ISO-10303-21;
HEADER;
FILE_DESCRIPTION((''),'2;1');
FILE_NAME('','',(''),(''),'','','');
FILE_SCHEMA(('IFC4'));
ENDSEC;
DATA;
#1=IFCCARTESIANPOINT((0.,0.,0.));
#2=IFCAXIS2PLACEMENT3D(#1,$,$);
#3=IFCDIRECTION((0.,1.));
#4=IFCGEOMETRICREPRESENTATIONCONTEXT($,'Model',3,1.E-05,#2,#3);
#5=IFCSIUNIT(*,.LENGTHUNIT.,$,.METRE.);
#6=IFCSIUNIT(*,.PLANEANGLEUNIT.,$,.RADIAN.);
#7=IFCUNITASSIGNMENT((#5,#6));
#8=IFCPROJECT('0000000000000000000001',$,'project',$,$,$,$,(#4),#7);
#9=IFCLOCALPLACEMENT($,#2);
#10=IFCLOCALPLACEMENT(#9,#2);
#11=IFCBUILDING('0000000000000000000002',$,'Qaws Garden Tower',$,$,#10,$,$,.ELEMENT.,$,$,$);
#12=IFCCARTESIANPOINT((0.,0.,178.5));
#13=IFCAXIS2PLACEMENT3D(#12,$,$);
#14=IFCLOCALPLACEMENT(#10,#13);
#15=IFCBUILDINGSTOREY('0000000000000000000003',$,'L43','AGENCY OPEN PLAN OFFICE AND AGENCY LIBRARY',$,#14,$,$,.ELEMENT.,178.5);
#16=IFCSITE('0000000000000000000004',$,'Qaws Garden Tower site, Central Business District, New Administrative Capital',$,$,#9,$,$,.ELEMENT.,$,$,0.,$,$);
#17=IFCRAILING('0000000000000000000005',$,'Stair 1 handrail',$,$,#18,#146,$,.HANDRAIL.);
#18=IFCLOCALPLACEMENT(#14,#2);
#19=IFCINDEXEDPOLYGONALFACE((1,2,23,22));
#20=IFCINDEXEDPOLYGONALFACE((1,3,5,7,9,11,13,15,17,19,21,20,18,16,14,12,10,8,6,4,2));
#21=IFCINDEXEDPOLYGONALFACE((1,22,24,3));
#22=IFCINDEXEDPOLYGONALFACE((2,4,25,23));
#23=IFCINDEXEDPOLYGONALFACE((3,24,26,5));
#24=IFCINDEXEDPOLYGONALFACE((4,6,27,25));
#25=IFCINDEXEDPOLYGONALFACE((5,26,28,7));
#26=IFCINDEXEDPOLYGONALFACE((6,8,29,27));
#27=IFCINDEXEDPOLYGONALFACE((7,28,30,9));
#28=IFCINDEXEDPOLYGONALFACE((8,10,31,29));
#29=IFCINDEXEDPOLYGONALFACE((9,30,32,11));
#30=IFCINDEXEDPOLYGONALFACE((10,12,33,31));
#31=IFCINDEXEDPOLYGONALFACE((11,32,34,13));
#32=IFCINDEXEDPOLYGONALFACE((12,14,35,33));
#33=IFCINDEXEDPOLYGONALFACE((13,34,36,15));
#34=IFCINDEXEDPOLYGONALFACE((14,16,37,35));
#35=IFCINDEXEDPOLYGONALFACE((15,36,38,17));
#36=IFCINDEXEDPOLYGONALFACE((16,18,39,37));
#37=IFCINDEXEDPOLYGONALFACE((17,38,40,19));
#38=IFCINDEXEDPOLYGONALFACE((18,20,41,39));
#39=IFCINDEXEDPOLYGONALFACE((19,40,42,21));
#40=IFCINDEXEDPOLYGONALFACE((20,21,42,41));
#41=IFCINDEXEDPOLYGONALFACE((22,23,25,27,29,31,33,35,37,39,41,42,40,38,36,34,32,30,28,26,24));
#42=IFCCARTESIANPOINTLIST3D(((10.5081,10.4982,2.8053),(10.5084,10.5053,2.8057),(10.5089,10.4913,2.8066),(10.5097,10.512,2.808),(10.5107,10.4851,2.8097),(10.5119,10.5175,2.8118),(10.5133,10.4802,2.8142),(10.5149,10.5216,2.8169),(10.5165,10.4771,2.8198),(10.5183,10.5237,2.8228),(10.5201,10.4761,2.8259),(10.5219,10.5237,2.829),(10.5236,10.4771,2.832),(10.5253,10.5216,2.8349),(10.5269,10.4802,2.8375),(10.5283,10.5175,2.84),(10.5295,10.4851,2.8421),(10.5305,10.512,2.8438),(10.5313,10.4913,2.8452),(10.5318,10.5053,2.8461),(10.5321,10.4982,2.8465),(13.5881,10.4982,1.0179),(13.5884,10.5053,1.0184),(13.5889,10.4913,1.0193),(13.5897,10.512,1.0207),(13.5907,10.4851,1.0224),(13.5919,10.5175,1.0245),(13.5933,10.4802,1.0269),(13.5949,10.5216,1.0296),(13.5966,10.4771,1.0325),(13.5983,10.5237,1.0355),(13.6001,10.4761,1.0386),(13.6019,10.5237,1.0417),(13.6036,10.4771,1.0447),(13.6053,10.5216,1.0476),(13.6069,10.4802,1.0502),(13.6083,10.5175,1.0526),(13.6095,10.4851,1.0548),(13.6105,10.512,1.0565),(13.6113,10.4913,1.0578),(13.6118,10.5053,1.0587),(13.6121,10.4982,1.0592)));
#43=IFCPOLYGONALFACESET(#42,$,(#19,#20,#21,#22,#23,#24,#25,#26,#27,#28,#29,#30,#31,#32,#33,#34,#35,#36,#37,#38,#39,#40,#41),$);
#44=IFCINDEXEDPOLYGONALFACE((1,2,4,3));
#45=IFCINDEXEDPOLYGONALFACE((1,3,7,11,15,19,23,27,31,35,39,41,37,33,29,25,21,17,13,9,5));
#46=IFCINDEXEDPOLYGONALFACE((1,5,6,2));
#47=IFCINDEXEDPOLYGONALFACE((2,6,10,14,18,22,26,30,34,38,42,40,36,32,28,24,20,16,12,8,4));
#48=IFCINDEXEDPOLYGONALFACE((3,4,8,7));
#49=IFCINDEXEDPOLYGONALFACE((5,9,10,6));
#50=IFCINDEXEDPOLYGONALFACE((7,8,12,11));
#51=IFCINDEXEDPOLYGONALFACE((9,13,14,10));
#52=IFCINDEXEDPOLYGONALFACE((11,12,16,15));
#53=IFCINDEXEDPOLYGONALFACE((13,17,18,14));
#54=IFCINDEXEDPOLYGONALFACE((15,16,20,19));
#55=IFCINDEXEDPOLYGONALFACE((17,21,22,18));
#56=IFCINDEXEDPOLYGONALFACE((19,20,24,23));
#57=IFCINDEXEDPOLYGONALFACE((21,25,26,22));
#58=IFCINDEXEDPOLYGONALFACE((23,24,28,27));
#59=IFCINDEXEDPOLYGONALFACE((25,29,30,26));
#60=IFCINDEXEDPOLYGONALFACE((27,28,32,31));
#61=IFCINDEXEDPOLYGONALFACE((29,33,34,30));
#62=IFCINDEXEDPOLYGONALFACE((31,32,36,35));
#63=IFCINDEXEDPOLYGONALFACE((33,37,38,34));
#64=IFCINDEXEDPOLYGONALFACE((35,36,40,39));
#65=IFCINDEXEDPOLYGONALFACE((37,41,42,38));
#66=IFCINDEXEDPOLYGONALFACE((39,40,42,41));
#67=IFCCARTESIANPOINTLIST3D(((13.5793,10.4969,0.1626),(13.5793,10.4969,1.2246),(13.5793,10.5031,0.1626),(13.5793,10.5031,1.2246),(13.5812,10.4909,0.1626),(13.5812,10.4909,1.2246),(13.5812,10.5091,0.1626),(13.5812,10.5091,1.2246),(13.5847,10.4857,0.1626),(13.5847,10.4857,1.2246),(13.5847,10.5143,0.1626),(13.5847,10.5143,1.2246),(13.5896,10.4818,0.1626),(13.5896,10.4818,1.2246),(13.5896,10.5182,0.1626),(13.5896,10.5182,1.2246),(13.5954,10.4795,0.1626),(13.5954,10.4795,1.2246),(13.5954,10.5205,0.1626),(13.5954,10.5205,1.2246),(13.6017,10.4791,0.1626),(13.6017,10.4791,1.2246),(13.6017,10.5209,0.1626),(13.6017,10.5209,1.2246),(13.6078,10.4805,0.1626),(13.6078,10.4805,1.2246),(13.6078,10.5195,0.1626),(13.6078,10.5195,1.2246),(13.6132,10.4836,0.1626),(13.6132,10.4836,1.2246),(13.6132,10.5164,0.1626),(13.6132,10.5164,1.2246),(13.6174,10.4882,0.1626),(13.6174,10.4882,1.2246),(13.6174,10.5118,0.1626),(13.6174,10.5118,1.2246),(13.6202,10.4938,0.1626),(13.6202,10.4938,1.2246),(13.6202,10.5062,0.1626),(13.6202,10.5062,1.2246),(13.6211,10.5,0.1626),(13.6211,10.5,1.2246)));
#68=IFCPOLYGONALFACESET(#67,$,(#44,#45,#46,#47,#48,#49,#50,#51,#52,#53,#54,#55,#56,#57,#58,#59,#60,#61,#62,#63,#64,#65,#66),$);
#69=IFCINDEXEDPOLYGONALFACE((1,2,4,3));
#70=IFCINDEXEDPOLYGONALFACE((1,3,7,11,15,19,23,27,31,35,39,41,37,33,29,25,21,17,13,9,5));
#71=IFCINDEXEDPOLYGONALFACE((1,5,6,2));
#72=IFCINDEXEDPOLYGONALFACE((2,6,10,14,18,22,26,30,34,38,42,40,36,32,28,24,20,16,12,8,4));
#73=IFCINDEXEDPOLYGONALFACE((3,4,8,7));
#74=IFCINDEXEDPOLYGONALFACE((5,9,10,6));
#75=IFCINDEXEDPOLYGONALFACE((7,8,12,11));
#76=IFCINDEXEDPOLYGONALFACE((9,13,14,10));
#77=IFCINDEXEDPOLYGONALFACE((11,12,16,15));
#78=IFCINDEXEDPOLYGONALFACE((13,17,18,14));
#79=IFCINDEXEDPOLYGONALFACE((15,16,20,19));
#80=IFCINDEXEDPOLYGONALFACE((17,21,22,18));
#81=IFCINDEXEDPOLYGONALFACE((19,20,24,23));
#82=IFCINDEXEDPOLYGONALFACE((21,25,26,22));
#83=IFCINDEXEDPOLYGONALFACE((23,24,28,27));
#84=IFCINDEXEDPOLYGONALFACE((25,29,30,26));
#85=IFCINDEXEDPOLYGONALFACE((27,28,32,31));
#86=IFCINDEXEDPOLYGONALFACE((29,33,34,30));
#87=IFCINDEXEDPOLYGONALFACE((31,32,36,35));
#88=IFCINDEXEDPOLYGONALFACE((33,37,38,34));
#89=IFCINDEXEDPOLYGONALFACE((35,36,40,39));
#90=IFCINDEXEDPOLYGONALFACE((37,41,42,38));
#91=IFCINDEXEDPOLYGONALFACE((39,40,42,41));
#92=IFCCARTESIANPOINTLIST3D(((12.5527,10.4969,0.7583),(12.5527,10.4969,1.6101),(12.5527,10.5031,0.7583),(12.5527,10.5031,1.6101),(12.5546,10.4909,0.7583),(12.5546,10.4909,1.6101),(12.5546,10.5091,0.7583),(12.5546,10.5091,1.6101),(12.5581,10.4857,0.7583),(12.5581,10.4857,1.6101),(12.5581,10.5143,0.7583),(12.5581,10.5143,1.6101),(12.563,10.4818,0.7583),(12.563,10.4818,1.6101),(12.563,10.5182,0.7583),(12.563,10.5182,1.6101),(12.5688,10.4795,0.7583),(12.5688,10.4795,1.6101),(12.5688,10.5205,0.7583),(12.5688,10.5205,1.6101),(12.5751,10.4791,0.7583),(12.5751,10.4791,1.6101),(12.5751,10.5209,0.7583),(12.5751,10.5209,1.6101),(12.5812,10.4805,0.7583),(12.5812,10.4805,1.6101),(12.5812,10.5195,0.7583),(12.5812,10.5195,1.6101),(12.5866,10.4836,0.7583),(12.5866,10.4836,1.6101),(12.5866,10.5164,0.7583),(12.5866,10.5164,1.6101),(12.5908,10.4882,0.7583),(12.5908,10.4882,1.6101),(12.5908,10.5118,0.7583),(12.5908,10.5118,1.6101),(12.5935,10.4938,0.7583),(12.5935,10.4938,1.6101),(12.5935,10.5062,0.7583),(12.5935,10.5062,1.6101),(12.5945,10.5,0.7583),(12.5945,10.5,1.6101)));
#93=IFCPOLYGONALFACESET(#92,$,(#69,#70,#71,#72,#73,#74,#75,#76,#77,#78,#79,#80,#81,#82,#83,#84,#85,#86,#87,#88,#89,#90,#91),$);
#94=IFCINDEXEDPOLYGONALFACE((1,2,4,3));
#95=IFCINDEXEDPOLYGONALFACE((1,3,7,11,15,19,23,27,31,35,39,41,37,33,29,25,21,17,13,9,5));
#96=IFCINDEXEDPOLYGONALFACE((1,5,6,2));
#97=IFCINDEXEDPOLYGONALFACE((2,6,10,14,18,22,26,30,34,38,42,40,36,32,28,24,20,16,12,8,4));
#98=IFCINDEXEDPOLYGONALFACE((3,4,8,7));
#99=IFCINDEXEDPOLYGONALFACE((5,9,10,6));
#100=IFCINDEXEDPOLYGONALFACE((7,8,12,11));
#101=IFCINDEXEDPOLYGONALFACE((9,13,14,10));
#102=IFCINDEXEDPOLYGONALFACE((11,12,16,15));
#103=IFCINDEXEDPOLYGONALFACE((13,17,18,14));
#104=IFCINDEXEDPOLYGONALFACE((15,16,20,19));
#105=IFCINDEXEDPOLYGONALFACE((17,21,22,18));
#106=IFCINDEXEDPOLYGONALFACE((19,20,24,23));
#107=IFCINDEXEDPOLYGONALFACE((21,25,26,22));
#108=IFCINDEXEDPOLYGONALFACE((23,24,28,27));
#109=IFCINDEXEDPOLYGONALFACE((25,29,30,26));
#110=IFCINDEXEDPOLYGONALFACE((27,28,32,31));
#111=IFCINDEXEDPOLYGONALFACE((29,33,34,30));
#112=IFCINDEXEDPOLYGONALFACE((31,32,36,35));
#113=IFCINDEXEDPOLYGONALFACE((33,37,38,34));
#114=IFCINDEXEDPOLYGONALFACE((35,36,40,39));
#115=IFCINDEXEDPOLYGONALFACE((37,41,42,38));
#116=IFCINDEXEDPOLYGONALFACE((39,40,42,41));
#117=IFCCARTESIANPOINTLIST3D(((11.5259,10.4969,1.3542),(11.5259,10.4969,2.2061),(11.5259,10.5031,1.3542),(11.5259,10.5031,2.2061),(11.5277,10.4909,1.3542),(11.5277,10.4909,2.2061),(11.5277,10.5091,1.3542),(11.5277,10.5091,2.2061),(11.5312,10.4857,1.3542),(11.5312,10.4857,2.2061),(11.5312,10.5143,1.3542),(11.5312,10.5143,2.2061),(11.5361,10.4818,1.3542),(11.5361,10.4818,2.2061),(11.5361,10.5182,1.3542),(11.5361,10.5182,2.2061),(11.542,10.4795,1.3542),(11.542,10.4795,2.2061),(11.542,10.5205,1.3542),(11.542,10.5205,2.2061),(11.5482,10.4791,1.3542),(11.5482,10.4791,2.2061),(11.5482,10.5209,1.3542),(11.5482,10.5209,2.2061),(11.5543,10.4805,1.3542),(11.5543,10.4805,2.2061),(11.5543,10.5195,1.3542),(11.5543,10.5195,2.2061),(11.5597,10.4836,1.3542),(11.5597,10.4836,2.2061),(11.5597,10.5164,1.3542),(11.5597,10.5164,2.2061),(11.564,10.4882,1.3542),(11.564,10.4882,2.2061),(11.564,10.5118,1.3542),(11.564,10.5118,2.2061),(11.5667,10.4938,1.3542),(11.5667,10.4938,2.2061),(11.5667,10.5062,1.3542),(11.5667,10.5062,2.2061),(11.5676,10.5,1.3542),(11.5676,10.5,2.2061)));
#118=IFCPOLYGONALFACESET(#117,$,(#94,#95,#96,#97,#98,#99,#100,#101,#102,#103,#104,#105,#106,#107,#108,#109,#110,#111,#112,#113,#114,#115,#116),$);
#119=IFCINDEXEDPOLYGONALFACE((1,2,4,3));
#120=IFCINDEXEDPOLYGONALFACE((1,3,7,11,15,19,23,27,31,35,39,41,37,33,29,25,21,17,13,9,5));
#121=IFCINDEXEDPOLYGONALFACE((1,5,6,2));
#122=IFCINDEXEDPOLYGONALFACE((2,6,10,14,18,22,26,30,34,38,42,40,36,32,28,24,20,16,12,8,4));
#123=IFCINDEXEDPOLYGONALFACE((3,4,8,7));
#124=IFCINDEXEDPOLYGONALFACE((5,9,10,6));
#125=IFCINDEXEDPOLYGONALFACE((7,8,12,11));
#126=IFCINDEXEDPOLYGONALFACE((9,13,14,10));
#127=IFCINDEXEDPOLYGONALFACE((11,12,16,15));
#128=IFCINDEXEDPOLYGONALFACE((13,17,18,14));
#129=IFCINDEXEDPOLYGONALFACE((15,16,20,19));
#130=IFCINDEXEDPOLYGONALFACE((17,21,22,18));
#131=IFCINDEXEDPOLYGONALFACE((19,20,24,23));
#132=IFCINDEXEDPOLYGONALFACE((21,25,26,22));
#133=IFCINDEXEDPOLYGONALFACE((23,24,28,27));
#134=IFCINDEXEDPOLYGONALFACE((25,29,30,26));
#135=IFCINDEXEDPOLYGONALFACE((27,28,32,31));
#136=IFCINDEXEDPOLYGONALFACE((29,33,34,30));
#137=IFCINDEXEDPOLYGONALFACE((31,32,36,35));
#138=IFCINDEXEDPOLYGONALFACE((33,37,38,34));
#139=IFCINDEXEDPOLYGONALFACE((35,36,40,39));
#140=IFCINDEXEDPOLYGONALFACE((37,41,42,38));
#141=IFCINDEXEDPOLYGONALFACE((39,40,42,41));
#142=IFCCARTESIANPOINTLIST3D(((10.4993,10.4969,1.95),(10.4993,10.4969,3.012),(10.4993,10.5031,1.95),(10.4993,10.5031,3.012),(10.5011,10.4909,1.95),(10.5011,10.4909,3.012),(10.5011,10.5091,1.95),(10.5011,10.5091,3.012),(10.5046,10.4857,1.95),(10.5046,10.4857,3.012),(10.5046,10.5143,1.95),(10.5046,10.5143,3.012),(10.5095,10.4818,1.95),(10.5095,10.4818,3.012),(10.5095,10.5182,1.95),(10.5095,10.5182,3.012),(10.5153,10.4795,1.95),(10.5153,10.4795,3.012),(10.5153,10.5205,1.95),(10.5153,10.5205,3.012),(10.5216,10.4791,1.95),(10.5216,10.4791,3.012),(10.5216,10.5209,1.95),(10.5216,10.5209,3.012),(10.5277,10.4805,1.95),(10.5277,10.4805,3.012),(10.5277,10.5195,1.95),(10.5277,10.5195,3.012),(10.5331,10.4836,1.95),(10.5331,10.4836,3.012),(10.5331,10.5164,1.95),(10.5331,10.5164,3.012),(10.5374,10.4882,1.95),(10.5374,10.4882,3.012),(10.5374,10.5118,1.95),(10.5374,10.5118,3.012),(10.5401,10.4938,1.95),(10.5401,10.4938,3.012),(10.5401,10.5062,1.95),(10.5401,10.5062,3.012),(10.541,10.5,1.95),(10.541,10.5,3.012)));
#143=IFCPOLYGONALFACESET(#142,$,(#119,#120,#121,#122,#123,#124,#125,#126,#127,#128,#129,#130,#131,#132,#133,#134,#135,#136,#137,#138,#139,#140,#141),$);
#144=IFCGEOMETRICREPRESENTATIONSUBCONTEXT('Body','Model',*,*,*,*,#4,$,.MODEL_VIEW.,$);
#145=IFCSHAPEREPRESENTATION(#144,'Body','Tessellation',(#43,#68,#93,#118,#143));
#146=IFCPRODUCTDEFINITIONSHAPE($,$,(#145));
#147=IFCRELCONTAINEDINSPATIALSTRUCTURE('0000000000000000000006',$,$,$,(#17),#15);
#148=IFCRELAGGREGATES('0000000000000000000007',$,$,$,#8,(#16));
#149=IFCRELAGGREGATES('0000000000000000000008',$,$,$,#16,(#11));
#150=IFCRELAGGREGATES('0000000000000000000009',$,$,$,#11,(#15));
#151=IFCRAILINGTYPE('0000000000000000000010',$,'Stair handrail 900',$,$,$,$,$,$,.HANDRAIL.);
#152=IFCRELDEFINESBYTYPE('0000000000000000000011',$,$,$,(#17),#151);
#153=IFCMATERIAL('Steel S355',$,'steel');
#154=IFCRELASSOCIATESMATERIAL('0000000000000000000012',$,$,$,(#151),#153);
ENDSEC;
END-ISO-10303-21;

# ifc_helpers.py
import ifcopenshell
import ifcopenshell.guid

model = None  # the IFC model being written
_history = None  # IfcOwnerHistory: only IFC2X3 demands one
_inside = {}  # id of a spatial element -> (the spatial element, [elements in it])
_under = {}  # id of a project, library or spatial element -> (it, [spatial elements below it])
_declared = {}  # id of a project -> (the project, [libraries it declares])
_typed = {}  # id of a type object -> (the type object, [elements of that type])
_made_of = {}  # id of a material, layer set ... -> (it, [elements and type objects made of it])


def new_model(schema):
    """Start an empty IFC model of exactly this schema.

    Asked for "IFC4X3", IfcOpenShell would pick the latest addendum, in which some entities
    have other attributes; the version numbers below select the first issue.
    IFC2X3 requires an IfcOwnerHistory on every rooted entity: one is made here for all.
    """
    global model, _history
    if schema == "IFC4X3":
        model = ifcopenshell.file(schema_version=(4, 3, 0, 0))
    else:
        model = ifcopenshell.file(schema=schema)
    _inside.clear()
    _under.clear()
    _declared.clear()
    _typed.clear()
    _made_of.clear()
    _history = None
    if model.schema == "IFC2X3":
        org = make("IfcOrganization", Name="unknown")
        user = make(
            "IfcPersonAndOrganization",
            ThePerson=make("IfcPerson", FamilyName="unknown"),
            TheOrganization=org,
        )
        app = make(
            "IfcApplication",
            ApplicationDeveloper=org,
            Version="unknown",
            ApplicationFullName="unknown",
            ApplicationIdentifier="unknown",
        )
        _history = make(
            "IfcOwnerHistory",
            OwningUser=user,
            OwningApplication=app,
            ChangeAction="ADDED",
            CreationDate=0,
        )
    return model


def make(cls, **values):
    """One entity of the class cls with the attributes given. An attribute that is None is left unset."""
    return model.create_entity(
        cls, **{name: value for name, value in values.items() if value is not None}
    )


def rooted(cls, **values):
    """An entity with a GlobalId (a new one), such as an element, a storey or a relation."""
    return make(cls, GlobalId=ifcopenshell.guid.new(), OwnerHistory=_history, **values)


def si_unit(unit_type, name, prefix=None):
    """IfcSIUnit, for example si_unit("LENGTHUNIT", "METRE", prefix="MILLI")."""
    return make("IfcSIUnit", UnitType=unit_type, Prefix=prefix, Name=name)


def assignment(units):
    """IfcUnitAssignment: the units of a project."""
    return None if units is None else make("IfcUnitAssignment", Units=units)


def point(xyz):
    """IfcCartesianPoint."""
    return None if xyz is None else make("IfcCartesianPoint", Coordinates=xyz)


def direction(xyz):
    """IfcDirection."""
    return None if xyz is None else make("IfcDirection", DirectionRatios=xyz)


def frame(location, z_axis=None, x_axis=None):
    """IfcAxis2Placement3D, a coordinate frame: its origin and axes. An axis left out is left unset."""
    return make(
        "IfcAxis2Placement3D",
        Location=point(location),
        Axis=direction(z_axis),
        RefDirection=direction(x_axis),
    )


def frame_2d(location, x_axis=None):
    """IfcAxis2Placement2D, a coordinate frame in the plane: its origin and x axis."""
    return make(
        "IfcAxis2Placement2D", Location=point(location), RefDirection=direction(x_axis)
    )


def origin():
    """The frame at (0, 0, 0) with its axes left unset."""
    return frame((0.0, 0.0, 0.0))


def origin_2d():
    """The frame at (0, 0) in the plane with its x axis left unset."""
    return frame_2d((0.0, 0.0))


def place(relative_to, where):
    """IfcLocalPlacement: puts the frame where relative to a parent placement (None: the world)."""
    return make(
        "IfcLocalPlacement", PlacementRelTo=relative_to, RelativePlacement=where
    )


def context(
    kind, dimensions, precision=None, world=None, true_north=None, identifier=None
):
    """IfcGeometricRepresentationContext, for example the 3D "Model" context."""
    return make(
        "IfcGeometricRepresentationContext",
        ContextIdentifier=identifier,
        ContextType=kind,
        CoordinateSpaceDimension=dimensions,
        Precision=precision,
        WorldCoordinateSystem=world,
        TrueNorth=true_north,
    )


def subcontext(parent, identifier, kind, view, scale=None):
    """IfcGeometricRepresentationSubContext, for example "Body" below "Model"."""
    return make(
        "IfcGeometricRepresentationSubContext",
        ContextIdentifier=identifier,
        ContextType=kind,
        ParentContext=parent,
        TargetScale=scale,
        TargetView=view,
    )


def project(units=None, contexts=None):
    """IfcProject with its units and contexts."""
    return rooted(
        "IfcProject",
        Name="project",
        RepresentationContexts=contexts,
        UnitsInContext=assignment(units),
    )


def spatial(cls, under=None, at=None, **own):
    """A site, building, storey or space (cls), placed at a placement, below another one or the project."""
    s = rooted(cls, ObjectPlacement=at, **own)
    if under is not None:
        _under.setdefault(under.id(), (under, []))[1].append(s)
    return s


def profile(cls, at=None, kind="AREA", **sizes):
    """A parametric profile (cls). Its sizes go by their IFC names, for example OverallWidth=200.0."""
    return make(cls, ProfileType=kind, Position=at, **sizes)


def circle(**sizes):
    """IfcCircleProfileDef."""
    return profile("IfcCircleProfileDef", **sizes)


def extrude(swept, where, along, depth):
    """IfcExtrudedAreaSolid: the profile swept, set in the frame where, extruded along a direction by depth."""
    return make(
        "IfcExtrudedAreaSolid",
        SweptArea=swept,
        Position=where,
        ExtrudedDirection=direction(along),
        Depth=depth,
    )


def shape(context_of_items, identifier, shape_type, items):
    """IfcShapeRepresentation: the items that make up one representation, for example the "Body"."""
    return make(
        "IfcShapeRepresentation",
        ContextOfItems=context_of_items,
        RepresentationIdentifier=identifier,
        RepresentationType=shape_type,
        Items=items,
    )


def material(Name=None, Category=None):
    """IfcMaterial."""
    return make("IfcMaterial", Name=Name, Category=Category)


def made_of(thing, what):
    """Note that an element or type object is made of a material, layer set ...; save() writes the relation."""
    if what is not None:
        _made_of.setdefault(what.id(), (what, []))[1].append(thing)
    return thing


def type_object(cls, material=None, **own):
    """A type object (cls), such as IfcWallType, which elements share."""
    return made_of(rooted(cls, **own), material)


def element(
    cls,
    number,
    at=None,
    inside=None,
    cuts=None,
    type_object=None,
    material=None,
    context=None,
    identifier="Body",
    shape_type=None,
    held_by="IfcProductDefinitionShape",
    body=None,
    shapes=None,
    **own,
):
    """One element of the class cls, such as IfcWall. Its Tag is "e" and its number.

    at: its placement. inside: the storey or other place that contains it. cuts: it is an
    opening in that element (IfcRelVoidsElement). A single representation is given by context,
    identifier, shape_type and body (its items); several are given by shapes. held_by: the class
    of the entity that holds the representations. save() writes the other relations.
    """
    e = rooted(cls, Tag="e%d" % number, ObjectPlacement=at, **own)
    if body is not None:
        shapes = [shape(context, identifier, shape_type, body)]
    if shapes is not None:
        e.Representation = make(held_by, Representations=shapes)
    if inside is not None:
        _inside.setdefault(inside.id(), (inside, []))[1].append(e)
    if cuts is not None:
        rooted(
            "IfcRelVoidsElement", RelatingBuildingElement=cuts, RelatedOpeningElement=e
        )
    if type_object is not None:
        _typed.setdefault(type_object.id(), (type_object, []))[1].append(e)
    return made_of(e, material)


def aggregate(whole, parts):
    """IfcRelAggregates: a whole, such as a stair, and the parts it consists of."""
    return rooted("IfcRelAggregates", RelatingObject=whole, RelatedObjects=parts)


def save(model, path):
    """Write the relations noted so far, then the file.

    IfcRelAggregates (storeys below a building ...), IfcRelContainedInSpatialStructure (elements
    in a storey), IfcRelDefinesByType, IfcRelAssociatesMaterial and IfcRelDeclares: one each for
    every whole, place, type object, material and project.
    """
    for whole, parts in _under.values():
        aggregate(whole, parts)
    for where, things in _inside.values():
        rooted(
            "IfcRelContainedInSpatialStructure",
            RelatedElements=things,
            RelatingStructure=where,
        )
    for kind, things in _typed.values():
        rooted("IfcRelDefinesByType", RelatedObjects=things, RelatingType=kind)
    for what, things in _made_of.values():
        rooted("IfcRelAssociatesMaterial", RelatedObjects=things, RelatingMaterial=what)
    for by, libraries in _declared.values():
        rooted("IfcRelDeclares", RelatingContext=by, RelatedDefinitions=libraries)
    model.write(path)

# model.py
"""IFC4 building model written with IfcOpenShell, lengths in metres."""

from ifc_helpers import new_model, si_unit, direction, frame, origin, origin_2d, place, context, subcontext, project, spatial, circle, extrude, material, type_object, element, save


model = new_model("IFC4")

# Units and contexts
model_context = context("Model", 3, precision=1e-05, world=origin(), true_north=direction((0.0, 1.0)))
body_context = subcontext(model_context, "Body", "Model", "MODEL_VIEW")
ifc_project = project(units=[si_unit("LENGTHUNIT", "METRE"), si_unit("PLANEANGLEUNIT", "RADIAN")], contexts=[model_context])

# Site, building, storey
site_placement = place(None, origin())
site = spatial("IfcSite", under=ifc_project, at=site_placement, Name="Qaws Garden Tower site, Central Business District, New Administrative Capital", CompositionType="ELEMENT", RefElevation=0.0)
building_placement = place(site_placement, origin())
building = spatial("IfcBuilding", under=site, at=building_placement, Name="Qaws Garden Tower", CompositionType="ELEMENT")
storey_placement = place(building_placement, frame((0.0, 0.0, 178.5)))
storey = spatial("IfcBuildingStorey", under=building, at=storey_placement, Name="L43", Description="AGENCY OPEN PLAN OFFICE AND AGENCY LIBRARY", CompositionType="ELEMENT", Elevation=178.5)

# Railing
ifc_material_1 = material(Name="Steel S355", Category="steel")
railing_type = type_object("IfcRailingType", Name="Stair handrail 900", PredefinedType="HANDRAIL", material=ifc_material_1)
railing_1_placement = place(storey_placement, frame((13.6001, 10.5, 0.1626)))
element("IfcRailing", 1, at=railing_1_placement, inside=storey, type_object=railing_type, Name="Stair 1 handrail", PredefinedType="HANDRAIL", context=body_context, shape_type="SweptSolid", body=[
    extrude(circle(Radius=0.0239, at=origin_2d()), frame((0.0, 0.0, 0.876), z_axis=(-0.86492, 0.0, 0.501909), x_axis=(0.0, -1.0, 0.0)), (0.0, 0.0, 1.0), 3.561),
    extrude(circle(Radius=0.021, at=origin_2d()), origin(), (0.0, 0.0, 1.0), 1.062),
    extrude(circle(Radius=0.021, at=origin_2d()), frame((-1.0266, 0.0, 0.5957)), (0.0, 0.0, 1.0), 0.8518),
    extrude(circle(Radius=0.021, at=origin_2d()), frame((-2.0535, 0.0, 1.1917)), (0.0, 0.0, 1.0), 0.8518),
    extrude(circle(Radius=0.021, at=origin_2d()), frame((-3.0801, 0.0, 1.7874)), (0.0, 0.0, 1.0), 1.062),
])

save(model, "model.ifc")
